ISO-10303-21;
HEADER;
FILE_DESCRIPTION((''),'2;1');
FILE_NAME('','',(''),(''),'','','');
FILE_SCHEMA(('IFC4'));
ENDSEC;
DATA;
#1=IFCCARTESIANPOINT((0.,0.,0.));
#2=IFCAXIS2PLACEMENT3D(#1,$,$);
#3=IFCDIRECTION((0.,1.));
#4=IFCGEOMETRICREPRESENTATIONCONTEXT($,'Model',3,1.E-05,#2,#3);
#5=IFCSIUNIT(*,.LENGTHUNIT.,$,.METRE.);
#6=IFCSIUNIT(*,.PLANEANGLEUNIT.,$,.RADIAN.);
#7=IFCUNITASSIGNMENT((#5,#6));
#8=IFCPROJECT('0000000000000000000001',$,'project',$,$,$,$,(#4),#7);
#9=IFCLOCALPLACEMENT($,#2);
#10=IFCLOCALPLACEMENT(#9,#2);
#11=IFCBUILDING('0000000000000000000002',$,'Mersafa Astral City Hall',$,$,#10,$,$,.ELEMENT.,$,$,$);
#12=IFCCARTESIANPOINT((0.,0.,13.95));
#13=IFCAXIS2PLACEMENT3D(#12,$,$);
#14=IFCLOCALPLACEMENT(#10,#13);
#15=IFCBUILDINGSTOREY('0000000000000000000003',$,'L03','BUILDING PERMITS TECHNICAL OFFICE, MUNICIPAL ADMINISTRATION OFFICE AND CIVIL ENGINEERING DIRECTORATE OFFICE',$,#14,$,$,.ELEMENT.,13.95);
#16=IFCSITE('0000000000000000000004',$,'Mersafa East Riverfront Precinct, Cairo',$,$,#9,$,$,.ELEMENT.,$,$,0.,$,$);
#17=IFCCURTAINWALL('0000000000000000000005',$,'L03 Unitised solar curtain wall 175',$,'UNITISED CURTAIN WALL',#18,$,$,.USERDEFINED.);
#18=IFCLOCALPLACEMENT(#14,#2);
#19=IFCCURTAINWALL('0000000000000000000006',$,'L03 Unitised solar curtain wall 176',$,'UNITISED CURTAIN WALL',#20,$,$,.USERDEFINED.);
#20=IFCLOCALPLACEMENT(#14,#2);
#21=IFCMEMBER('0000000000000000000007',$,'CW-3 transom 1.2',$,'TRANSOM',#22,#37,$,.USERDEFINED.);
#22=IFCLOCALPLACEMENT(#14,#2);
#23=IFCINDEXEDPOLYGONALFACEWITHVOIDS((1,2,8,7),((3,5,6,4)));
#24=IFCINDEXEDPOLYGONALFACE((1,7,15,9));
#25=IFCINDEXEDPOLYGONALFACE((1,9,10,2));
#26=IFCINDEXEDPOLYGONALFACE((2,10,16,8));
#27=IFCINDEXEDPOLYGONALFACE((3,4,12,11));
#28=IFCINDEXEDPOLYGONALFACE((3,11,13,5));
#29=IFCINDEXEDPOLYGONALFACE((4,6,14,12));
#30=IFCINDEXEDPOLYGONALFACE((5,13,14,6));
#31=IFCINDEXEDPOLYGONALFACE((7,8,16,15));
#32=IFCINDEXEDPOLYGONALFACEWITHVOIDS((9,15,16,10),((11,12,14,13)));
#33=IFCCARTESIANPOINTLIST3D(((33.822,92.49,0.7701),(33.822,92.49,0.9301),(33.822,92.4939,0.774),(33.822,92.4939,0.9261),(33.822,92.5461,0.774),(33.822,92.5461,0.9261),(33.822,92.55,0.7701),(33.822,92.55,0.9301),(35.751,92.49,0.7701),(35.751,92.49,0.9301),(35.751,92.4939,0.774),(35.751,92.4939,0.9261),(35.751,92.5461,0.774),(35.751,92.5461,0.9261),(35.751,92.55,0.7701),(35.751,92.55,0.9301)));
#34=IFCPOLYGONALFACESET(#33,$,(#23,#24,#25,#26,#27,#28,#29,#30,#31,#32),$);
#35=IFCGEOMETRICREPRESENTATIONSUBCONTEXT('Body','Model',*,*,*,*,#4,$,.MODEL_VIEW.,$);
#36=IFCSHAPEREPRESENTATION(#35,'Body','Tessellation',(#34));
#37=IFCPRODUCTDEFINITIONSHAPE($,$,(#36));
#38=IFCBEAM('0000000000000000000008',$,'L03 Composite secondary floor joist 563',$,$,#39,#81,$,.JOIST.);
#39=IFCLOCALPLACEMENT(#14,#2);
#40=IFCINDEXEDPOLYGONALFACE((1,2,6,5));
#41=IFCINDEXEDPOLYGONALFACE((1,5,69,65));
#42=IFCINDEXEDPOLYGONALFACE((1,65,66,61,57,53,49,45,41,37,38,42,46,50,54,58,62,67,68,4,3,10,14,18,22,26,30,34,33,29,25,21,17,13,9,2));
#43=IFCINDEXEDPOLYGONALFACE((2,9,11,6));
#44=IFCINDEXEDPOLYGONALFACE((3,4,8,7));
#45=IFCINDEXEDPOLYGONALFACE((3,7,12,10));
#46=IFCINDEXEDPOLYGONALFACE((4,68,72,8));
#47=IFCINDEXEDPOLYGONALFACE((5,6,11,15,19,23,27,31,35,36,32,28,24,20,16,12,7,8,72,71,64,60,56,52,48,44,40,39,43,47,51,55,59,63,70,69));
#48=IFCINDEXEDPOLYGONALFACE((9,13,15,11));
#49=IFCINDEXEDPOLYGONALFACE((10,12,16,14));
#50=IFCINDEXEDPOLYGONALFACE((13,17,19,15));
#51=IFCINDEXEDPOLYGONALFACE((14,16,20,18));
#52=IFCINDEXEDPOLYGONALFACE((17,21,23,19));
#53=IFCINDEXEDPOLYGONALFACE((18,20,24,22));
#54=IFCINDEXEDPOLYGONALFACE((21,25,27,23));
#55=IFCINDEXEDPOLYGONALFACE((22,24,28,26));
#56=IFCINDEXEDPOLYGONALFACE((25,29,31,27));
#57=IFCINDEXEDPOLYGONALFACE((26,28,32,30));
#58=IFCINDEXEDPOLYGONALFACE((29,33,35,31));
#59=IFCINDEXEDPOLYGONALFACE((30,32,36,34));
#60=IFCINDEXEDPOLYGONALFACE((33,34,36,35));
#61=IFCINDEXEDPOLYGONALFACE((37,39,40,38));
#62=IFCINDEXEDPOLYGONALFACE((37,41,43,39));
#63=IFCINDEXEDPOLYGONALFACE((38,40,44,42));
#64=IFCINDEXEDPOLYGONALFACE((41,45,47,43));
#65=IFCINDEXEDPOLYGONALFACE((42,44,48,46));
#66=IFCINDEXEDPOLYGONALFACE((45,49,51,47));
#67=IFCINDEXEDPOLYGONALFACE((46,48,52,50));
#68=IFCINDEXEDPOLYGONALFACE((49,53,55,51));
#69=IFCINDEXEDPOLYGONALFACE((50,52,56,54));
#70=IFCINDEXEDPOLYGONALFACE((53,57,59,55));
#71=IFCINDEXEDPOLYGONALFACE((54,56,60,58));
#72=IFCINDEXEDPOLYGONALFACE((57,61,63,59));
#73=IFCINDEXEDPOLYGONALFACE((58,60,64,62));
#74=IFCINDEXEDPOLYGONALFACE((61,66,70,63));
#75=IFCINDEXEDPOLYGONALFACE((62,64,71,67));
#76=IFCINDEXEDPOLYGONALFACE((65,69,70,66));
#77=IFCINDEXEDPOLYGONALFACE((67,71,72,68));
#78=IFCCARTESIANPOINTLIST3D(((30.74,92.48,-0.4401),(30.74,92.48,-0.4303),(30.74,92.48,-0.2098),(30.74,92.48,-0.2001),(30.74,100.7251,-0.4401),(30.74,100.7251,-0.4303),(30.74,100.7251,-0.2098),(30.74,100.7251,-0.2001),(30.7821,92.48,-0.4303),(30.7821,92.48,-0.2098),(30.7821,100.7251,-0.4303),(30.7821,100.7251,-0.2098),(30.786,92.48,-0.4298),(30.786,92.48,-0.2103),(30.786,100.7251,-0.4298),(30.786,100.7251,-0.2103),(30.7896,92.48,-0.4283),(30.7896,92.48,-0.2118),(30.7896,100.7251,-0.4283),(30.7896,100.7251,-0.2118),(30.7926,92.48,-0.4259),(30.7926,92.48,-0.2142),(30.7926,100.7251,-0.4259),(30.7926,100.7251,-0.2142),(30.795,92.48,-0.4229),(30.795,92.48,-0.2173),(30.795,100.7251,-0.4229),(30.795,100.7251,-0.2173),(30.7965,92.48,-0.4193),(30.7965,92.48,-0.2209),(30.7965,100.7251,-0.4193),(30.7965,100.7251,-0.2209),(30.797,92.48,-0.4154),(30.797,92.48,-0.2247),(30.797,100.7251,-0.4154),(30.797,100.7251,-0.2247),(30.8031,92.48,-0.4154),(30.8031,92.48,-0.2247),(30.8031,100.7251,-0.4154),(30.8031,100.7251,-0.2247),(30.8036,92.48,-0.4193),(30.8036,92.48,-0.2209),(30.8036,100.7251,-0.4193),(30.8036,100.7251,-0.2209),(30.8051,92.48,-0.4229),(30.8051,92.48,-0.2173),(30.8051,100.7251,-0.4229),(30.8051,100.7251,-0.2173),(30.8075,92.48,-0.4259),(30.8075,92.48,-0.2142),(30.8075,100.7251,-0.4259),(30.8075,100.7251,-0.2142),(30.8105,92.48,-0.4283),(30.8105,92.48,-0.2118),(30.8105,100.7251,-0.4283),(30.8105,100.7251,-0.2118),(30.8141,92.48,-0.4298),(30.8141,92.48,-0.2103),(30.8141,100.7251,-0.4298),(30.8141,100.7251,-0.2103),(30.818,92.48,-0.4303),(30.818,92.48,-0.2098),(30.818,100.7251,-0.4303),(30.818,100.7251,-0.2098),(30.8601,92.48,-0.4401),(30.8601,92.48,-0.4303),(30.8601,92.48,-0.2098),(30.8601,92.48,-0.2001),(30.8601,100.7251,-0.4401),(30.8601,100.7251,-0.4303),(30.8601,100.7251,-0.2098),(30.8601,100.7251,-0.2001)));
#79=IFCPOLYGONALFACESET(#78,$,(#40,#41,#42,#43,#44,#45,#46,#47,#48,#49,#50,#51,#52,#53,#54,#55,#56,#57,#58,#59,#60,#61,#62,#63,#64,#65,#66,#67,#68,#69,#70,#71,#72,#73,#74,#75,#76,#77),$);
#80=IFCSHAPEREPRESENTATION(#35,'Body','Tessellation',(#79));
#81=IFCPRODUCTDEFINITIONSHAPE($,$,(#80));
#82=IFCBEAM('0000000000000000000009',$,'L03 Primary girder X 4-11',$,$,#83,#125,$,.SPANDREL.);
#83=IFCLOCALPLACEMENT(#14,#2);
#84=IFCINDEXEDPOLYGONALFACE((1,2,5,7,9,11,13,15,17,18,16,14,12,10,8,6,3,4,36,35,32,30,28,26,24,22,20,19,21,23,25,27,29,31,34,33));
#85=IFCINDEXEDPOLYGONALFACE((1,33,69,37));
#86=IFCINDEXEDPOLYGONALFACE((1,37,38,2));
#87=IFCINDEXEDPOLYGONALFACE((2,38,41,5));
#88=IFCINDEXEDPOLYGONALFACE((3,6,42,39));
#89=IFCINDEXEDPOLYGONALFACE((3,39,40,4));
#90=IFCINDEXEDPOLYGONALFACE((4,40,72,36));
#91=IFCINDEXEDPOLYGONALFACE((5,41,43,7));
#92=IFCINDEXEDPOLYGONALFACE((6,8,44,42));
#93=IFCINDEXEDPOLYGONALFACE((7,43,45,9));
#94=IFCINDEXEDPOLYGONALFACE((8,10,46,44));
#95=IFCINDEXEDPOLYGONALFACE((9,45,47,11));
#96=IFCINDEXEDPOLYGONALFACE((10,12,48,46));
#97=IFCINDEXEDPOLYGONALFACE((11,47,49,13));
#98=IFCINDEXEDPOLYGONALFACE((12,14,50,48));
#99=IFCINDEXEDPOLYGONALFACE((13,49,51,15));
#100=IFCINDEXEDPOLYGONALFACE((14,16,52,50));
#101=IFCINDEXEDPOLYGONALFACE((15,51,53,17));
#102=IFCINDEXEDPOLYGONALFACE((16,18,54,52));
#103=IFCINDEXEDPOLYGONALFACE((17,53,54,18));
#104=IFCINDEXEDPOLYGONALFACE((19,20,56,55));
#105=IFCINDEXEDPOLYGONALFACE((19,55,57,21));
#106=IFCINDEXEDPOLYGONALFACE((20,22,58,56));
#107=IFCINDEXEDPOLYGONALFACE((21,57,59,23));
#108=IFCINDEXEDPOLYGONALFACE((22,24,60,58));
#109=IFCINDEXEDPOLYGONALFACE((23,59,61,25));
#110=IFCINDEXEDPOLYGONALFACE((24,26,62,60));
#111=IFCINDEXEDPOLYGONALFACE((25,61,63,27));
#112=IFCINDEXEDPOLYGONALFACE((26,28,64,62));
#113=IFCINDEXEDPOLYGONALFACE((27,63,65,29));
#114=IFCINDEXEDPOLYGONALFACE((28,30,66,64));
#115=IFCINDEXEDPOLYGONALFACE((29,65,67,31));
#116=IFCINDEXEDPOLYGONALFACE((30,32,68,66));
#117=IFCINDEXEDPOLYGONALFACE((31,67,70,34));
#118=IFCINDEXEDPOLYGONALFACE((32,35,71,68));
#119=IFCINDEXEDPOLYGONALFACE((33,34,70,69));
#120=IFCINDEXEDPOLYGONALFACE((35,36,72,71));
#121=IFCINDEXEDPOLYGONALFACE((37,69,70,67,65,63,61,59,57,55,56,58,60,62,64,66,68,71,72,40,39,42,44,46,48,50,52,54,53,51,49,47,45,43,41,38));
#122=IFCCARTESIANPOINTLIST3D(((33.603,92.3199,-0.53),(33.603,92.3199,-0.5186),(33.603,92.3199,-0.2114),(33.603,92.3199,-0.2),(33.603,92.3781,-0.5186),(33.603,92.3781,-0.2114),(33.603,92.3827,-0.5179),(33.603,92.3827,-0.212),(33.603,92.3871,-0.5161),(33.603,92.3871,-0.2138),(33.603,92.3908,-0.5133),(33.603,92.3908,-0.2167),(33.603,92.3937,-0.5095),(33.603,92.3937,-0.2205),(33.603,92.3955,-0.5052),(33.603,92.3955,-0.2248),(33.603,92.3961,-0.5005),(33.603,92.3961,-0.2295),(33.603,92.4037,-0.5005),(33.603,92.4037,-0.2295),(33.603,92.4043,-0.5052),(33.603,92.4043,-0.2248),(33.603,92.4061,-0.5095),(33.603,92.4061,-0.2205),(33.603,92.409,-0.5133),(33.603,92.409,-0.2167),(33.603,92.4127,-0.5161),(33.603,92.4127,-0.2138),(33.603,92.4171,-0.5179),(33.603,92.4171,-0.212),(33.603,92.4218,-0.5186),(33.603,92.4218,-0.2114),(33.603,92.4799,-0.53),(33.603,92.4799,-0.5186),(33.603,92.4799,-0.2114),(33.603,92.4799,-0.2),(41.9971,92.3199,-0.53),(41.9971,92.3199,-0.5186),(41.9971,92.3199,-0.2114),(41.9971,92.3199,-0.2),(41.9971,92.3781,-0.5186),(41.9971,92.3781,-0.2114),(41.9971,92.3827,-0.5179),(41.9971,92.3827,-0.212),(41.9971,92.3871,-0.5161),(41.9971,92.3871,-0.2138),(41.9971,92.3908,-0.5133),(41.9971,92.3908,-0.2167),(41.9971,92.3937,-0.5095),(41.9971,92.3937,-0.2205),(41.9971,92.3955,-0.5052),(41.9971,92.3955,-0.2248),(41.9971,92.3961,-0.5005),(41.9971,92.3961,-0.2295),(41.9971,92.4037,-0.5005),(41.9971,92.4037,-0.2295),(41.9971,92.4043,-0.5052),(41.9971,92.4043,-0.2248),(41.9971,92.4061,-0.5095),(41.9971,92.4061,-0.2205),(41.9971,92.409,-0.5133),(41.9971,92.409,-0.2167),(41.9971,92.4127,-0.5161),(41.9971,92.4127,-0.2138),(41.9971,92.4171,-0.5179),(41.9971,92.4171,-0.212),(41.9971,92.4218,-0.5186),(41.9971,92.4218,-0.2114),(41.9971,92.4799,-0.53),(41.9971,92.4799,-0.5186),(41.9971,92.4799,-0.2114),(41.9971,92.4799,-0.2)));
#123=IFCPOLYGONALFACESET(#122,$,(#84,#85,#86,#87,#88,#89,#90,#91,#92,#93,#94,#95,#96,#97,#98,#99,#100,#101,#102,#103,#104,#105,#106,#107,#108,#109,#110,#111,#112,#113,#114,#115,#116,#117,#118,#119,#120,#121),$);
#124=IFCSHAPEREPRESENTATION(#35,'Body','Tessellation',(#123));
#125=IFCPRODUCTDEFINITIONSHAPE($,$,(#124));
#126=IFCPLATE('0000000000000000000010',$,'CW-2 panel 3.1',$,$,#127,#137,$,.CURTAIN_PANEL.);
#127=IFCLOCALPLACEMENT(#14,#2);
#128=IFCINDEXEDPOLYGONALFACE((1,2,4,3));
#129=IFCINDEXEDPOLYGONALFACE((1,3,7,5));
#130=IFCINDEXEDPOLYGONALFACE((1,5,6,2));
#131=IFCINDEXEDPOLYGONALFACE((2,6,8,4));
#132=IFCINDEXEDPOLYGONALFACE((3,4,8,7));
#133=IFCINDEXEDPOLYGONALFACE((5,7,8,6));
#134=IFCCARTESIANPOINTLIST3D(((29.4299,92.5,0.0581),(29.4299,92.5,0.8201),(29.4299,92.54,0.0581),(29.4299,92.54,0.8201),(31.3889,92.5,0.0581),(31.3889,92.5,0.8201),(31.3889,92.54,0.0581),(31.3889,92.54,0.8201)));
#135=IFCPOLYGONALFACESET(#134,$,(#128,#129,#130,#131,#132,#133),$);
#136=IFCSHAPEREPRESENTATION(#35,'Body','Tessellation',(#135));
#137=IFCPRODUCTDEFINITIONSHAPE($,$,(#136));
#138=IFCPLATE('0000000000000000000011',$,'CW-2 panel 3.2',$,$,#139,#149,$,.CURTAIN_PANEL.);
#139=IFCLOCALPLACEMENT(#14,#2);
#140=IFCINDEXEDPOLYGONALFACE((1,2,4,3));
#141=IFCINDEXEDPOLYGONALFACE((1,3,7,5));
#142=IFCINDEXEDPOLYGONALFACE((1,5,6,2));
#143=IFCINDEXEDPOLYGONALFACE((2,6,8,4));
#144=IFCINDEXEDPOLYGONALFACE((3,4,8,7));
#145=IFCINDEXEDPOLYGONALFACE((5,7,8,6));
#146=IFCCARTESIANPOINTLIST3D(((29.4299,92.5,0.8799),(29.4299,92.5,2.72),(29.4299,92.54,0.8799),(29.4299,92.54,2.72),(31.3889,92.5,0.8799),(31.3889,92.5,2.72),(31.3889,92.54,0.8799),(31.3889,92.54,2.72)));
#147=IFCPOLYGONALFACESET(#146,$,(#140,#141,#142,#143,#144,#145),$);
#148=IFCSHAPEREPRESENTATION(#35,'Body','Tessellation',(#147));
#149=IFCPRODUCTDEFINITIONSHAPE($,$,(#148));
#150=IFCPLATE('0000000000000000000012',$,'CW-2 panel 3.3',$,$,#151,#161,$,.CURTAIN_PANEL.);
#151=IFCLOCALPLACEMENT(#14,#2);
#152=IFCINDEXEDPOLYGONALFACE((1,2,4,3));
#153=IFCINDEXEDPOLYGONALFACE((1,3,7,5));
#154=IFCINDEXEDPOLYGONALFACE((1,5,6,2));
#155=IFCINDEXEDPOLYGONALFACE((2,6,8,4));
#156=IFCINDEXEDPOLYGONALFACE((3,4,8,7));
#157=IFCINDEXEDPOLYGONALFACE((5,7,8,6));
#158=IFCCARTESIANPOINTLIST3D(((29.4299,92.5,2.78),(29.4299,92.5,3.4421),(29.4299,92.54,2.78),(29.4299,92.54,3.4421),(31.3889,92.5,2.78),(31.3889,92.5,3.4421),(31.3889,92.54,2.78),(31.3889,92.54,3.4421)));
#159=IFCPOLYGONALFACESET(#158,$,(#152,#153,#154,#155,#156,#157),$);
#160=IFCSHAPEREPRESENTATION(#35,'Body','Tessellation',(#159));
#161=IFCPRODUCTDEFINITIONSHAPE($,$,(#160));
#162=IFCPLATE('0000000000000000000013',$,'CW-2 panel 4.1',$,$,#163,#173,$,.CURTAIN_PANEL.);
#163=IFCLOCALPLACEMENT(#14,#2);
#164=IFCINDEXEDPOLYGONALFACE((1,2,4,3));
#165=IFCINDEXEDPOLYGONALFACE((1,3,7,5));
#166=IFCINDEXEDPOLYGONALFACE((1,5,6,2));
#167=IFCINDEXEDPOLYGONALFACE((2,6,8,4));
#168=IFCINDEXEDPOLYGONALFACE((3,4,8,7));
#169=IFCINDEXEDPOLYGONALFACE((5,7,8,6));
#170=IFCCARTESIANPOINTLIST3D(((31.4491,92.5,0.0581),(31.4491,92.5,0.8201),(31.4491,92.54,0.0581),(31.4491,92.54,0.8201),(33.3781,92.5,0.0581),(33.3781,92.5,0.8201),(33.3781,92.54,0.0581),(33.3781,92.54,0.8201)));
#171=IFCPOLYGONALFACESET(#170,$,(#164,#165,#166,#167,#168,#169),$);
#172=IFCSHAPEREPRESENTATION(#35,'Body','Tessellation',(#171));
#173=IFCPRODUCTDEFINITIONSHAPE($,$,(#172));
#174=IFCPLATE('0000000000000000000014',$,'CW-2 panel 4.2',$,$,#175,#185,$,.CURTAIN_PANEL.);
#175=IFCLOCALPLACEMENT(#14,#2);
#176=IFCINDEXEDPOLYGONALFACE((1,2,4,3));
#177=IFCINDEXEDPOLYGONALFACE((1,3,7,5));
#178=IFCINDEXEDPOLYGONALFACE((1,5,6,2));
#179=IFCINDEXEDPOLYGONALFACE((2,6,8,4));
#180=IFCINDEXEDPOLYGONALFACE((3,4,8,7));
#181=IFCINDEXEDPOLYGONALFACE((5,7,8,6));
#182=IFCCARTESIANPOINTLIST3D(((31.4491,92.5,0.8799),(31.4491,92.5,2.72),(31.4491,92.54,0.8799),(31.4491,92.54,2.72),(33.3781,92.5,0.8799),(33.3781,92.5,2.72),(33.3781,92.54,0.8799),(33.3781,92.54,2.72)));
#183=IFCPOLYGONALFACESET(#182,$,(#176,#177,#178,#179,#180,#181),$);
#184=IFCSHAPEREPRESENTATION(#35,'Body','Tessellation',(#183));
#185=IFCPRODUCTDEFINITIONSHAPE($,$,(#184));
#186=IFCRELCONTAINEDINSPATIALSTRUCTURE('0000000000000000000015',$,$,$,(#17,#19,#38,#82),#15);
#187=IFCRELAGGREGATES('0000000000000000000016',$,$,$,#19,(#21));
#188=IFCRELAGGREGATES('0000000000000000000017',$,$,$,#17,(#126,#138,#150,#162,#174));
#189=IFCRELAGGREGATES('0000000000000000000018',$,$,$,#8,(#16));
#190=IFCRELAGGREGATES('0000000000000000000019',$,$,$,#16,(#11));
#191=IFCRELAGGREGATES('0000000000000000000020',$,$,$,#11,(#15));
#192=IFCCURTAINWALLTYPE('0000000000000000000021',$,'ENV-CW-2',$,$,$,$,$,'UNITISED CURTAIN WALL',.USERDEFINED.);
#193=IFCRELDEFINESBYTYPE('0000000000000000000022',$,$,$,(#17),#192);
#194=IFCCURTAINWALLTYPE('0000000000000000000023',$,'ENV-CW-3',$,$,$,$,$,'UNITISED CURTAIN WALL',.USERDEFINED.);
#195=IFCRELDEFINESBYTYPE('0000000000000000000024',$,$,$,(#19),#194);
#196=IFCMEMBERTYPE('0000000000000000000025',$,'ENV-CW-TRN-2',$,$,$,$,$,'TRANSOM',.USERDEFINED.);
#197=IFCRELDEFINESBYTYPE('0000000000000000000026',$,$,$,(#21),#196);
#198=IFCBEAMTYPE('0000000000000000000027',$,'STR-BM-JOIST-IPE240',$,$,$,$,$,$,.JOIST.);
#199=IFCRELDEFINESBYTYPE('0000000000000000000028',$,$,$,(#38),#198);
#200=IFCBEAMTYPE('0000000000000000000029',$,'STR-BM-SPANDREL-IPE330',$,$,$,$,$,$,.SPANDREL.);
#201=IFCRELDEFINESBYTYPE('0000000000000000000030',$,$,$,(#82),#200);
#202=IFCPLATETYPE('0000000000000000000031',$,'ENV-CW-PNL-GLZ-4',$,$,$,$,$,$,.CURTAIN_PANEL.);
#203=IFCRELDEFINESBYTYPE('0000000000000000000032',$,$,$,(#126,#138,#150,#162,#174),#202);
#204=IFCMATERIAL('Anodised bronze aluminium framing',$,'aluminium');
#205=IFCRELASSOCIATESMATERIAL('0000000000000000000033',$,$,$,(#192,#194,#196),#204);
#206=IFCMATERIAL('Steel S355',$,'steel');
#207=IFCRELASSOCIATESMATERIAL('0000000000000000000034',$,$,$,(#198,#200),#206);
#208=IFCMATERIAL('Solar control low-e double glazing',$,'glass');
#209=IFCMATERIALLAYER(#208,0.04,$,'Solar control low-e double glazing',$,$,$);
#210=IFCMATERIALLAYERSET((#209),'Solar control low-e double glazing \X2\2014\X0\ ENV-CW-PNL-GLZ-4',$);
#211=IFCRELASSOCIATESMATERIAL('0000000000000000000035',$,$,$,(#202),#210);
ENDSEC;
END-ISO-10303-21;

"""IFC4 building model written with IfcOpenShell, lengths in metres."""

from ifc_helpers import new_model, si_unit, direction, frame, origin, origin_2d, place, context, subcontext, project, spatial, rectangle, hollow_rectangle, i_section, extrude, material, layer, layer_set, material_profile, profile_set, type_object, element, aggregate, save


model = new_model("IFC4")

# Units and contexts
model_context = context("Model", 3, precision=1e-05, world=origin(), true_north=direction((0.0, 1.0)))
body_context = subcontext(model_context, "Body", "Model", "MODEL_VIEW")
ifc_project = project(units=[si_unit("LENGTHUNIT", "METRE"), si_unit("PLANEANGLEUNIT", "RADIAN")], contexts=[model_context])

# Site, building, storey
site_placement = place(None, origin())
site = spatial("IfcSite", under=ifc_project, at=site_placement, Name="Mersafa East Riverfront Precinct, Cairo", CompositionType="ELEMENT", RefElevation=0.0)
building_placement = place(site_placement, origin())
building = spatial("IfcBuilding", under=site, at=building_placement, Name="Mersafa Astral City Hall", CompositionType="ELEMENT")
storey_placement = place(building_placement, frame((0.0, 0.0, 13.95)))
storey = spatial("IfcBuildingStorey", under=building, at=storey_placement, Name="L03", Description="BUILDING PERMITS TECHNICAL OFFICE, MUNICIPAL ADMINISTRATION OFFICE AND CIVIL ENGINEERING DIRECTORATE OFFICE", CompositionType="ELEMENT", Elevation=13.95)

# Shared definitions
ifc_material_1 = material(Name="Steel S355", Category="steel")

# Curtain wall
ifc_material_2 = material(Name="Anodised bronze aluminium framing", Category="aluminium")
curtain_wall_type_1 = type_object("IfcCurtainWallType", Name="ENV-CW-2", ElementType="UNITISED CURTAIN WALL", PredefinedType="USERDEFINED", material=ifc_material_2)
curtain_wall_1_placement = place(storey_placement, origin())
curtain_wall_1 = element("IfcCurtainWall", 1, at=curtain_wall_1_placement, inside=storey, type_object=curtain_wall_type_1, Name="L03 Unitised solar curtain wall 175", ObjectType="UNITISED CURTAIN WALL", PredefinedType="USERDEFINED")

# Curtain wall
curtain_wall_type_2 = type_object("IfcCurtainWallType", Name="ENV-CW-3", ElementType="UNITISED CURTAIN WALL", PredefinedType="USERDEFINED", material=ifc_material_2)
curtain_wall_2_placement = place(storey_placement, origin())
curtain_wall_2 = element("IfcCurtainWall", 2, at=curtain_wall_2_placement, inside=storey, type_object=curtain_wall_type_2, Name="L03 Unitised solar curtain wall 176", ObjectType="UNITISED CURTAIN WALL", PredefinedType="USERDEFINED")

# Member
ifc_material_profile_1 = material_profile(ifc_material_2, hollow_rectangle(XDim=0.0601, YDim=0.1599, WallThickness=0.0039, at=origin_2d()), Name="RHS 60x160x4")
ifc_profile_set_1 = profile_set([ifc_material_profile_1], Name="Anodised bronze aluminium framing")
member_type_1 = type_object("IfcMemberType", Name="ENV-CW-TRN-2", ElementType="TRANSOM", PredefinedType="USERDEFINED", material=ifc_profile_set_1)
member_1_placement = place(storey_placement, frame((33.822, 92.52, 0.8501), z_axis=(1.0, 0.0, 0.0), x_axis=(0.0, 1.0, 0.0)))
member_1 = element("IfcMember", 3, at=member_1_placement, type_object=member_type_1, Name="CW-3 transom 1.2", ObjectType="TRANSOM", PredefinedType="USERDEFINED", context=body_context, shape_type="SweptSolid", body=[
    extrude(hollow_rectangle(XDim=0.0601, YDim=0.1599, WallThickness=0.0039, at=origin_2d()), origin(), (0.0, 0.0, 1.0), 1.929),
])
aggregate(curtain_wall_2, [member_1])

# Beams
ifc_material_profile_2 = material_profile(ifc_material_1, i_section(OverallWidth=0.1201, OverallDepth=0.24, WebThickness=0.0061, FlangeThickness=0.0098, FilletRadius=0.0149, at=origin_2d()), Name="IPE 240")
ifc_profile_set_2 = profile_set([ifc_material_profile_2], Name="Steel S355")
beam_type_1 = type_object("IfcBeamType", Name="STR-BM-JOIST-IPE240", PredefinedType="JOIST", material=ifc_profile_set_2)
beam_1_placement = place(storey_placement, frame((30.8, 92.48, -0.3201), z_axis=(0.0, 1.0, 0.0), x_axis=(-1.0, 0.0, 0.0)))
element("IfcBeam", 4, at=beam_1_placement, inside=storey, type_object=beam_type_1, Name="L03 Composite secondary floor joist 563", PredefinedType="JOIST", context=body_context, shape_type="SweptSolid", body=[
    extrude(i_section(OverallWidth=0.1201, OverallDepth=0.24, WebThickness=0.0061, FlangeThickness=0.0098, FilletRadius=0.0149, at=origin_2d()), origin(), (0.0, 0.0, 1.0), 8.2451),
])
ifc_material_profile_3 = material_profile(ifc_material_1, i_section(OverallWidth=0.1599, OverallDepth=0.3301, WebThickness=0.0076, FlangeThickness=0.0115, FilletRadius=0.0181, at=origin_2d()), Name="IPE 330")
ifc_profile_set_3 = profile_set([ifc_material_profile_3], Name="Steel S355")
beam_type_2 = type_object("IfcBeamType", Name="STR-BM-SPANDREL-IPE330", PredefinedType="SPANDREL", material=ifc_profile_set_3)
beam_2_placement = place(storey_placement, frame((33.603, 92.3999, -0.365), z_axis=(1.0, 0.0, 0.0), x_axis=(0.0, 1.0, 0.0)))
element("IfcBeam", 5, at=beam_2_placement, inside=storey, type_object=beam_type_2, Name="L03 Primary girder X 4-11", PredefinedType="SPANDREL", context=body_context, shape_type="SweptSolid", body=[
    extrude(i_section(OverallWidth=0.1599, OverallDepth=0.3301, WebThickness=0.0076, FlangeThickness=0.0115, FilletRadius=0.0181, at=origin_2d()), origin(), (0.0, 0.0, 1.0), 8.394),
])

# Plates
ifc_material_3 = material(Name="Solar control low-e double glazing", Category="glass")
ifc_layer = layer(ifc_material_3, 0.04, Name="Solar control low-e double glazing")
ifc_layer_set = layer_set([ifc_layer], Name="Solar control low-e double glazing — ENV-CW-PNL-GLZ-4")
plate_type = type_object("IfcPlateType", Name="ENV-CW-PNL-GLZ-4", PredefinedType="CURTAIN_PANEL", material=ifc_layer_set)
plate_1_placement = place(storey_placement, frame((30.4094, 92.52, 0.0581), z_axis=(0.0, 0.0, 1.0), x_axis=(1.0, 0.0, 0.0)))
plate_1 = element("IfcPlate", 6, at=plate_1_placement, type_object=plate_type, Name="CW-2 panel 3.1", PredefinedType="CURTAIN_PANEL", context=body_context, shape_type="SweptSolid", body=[
    extrude(rectangle(XDim=1.959, YDim=0.04, at=origin_2d()), origin(), (0.0, 0.0, 1.0), 0.762),
])
plate_2_placement = place(storey_placement, frame((30.4094, 92.52, 0.8799), z_axis=(0.0, 0.0, 1.0), x_axis=(1.0, 0.0, 0.0)))
plate_2 = element("IfcPlate", 7, at=plate_2_placement, type_object=plate_type, Name="CW-2 panel 3.2", PredefinedType="CURTAIN_PANEL", context=body_context, shape_type="SweptSolid", body=[
    extrude(rectangle(XDim=1.959, YDim=0.04, at=origin_2d()), origin(), (0.0, 0.0, 1.0), 1.8401),
])
plate_3_placement = place(storey_placement, frame((30.4094, 92.52, 2.78), z_axis=(0.0, 0.0, 1.0), x_axis=(1.0, 0.0, 0.0)))
plate_3 = element("IfcPlate", 8, at=plate_3_placement, type_object=plate_type, Name="CW-2 panel 3.3", PredefinedType="CURTAIN_PANEL", context=body_context, shape_type="SweptSolid", body=[
    extrude(rectangle(XDim=1.959, YDim=0.04, at=origin_2d()), origin(), (0.0, 0.0, 1.0), 0.6621),
])
plate_4_placement = place(storey_placement, frame((32.4136, 92.52, 0.0581), z_axis=(0.0, 0.0, 1.0), x_axis=(1.0, 0.0, 0.0)))
plate_4 = element("IfcPlate", 9, at=plate_4_placement, type_object=plate_type, Name="CW-2 panel 4.1", PredefinedType="CURTAIN_PANEL", context=body_context, shape_type="SweptSolid", body=[
    extrude(rectangle(XDim=1.929, YDim=0.04, at=origin_2d()), origin(), (0.0, 0.0, 1.0), 0.762),
])
plate_5_placement = place(storey_placement, frame((32.4136, 92.52, 0.8799), z_axis=(0.0, 0.0, 1.0), x_axis=(1.0, 0.0, 0.0)))
plate_5 = element("IfcPlate", 10, at=plate_5_placement, type_object=plate_type, Name="CW-2 panel 4.2", PredefinedType="CURTAIN_PANEL", context=body_context, shape_type="SweptSolid", body=[
    extrude(rectangle(XDim=1.929, YDim=0.04, at=origin_2d()), origin(), (0.0, 0.0, 1.0), 1.8401),
])
aggregate(curtain_wall_1, [plate_1, plate_2, plate_3, plate_4, plate_5])

save(model, "model.ifc")
